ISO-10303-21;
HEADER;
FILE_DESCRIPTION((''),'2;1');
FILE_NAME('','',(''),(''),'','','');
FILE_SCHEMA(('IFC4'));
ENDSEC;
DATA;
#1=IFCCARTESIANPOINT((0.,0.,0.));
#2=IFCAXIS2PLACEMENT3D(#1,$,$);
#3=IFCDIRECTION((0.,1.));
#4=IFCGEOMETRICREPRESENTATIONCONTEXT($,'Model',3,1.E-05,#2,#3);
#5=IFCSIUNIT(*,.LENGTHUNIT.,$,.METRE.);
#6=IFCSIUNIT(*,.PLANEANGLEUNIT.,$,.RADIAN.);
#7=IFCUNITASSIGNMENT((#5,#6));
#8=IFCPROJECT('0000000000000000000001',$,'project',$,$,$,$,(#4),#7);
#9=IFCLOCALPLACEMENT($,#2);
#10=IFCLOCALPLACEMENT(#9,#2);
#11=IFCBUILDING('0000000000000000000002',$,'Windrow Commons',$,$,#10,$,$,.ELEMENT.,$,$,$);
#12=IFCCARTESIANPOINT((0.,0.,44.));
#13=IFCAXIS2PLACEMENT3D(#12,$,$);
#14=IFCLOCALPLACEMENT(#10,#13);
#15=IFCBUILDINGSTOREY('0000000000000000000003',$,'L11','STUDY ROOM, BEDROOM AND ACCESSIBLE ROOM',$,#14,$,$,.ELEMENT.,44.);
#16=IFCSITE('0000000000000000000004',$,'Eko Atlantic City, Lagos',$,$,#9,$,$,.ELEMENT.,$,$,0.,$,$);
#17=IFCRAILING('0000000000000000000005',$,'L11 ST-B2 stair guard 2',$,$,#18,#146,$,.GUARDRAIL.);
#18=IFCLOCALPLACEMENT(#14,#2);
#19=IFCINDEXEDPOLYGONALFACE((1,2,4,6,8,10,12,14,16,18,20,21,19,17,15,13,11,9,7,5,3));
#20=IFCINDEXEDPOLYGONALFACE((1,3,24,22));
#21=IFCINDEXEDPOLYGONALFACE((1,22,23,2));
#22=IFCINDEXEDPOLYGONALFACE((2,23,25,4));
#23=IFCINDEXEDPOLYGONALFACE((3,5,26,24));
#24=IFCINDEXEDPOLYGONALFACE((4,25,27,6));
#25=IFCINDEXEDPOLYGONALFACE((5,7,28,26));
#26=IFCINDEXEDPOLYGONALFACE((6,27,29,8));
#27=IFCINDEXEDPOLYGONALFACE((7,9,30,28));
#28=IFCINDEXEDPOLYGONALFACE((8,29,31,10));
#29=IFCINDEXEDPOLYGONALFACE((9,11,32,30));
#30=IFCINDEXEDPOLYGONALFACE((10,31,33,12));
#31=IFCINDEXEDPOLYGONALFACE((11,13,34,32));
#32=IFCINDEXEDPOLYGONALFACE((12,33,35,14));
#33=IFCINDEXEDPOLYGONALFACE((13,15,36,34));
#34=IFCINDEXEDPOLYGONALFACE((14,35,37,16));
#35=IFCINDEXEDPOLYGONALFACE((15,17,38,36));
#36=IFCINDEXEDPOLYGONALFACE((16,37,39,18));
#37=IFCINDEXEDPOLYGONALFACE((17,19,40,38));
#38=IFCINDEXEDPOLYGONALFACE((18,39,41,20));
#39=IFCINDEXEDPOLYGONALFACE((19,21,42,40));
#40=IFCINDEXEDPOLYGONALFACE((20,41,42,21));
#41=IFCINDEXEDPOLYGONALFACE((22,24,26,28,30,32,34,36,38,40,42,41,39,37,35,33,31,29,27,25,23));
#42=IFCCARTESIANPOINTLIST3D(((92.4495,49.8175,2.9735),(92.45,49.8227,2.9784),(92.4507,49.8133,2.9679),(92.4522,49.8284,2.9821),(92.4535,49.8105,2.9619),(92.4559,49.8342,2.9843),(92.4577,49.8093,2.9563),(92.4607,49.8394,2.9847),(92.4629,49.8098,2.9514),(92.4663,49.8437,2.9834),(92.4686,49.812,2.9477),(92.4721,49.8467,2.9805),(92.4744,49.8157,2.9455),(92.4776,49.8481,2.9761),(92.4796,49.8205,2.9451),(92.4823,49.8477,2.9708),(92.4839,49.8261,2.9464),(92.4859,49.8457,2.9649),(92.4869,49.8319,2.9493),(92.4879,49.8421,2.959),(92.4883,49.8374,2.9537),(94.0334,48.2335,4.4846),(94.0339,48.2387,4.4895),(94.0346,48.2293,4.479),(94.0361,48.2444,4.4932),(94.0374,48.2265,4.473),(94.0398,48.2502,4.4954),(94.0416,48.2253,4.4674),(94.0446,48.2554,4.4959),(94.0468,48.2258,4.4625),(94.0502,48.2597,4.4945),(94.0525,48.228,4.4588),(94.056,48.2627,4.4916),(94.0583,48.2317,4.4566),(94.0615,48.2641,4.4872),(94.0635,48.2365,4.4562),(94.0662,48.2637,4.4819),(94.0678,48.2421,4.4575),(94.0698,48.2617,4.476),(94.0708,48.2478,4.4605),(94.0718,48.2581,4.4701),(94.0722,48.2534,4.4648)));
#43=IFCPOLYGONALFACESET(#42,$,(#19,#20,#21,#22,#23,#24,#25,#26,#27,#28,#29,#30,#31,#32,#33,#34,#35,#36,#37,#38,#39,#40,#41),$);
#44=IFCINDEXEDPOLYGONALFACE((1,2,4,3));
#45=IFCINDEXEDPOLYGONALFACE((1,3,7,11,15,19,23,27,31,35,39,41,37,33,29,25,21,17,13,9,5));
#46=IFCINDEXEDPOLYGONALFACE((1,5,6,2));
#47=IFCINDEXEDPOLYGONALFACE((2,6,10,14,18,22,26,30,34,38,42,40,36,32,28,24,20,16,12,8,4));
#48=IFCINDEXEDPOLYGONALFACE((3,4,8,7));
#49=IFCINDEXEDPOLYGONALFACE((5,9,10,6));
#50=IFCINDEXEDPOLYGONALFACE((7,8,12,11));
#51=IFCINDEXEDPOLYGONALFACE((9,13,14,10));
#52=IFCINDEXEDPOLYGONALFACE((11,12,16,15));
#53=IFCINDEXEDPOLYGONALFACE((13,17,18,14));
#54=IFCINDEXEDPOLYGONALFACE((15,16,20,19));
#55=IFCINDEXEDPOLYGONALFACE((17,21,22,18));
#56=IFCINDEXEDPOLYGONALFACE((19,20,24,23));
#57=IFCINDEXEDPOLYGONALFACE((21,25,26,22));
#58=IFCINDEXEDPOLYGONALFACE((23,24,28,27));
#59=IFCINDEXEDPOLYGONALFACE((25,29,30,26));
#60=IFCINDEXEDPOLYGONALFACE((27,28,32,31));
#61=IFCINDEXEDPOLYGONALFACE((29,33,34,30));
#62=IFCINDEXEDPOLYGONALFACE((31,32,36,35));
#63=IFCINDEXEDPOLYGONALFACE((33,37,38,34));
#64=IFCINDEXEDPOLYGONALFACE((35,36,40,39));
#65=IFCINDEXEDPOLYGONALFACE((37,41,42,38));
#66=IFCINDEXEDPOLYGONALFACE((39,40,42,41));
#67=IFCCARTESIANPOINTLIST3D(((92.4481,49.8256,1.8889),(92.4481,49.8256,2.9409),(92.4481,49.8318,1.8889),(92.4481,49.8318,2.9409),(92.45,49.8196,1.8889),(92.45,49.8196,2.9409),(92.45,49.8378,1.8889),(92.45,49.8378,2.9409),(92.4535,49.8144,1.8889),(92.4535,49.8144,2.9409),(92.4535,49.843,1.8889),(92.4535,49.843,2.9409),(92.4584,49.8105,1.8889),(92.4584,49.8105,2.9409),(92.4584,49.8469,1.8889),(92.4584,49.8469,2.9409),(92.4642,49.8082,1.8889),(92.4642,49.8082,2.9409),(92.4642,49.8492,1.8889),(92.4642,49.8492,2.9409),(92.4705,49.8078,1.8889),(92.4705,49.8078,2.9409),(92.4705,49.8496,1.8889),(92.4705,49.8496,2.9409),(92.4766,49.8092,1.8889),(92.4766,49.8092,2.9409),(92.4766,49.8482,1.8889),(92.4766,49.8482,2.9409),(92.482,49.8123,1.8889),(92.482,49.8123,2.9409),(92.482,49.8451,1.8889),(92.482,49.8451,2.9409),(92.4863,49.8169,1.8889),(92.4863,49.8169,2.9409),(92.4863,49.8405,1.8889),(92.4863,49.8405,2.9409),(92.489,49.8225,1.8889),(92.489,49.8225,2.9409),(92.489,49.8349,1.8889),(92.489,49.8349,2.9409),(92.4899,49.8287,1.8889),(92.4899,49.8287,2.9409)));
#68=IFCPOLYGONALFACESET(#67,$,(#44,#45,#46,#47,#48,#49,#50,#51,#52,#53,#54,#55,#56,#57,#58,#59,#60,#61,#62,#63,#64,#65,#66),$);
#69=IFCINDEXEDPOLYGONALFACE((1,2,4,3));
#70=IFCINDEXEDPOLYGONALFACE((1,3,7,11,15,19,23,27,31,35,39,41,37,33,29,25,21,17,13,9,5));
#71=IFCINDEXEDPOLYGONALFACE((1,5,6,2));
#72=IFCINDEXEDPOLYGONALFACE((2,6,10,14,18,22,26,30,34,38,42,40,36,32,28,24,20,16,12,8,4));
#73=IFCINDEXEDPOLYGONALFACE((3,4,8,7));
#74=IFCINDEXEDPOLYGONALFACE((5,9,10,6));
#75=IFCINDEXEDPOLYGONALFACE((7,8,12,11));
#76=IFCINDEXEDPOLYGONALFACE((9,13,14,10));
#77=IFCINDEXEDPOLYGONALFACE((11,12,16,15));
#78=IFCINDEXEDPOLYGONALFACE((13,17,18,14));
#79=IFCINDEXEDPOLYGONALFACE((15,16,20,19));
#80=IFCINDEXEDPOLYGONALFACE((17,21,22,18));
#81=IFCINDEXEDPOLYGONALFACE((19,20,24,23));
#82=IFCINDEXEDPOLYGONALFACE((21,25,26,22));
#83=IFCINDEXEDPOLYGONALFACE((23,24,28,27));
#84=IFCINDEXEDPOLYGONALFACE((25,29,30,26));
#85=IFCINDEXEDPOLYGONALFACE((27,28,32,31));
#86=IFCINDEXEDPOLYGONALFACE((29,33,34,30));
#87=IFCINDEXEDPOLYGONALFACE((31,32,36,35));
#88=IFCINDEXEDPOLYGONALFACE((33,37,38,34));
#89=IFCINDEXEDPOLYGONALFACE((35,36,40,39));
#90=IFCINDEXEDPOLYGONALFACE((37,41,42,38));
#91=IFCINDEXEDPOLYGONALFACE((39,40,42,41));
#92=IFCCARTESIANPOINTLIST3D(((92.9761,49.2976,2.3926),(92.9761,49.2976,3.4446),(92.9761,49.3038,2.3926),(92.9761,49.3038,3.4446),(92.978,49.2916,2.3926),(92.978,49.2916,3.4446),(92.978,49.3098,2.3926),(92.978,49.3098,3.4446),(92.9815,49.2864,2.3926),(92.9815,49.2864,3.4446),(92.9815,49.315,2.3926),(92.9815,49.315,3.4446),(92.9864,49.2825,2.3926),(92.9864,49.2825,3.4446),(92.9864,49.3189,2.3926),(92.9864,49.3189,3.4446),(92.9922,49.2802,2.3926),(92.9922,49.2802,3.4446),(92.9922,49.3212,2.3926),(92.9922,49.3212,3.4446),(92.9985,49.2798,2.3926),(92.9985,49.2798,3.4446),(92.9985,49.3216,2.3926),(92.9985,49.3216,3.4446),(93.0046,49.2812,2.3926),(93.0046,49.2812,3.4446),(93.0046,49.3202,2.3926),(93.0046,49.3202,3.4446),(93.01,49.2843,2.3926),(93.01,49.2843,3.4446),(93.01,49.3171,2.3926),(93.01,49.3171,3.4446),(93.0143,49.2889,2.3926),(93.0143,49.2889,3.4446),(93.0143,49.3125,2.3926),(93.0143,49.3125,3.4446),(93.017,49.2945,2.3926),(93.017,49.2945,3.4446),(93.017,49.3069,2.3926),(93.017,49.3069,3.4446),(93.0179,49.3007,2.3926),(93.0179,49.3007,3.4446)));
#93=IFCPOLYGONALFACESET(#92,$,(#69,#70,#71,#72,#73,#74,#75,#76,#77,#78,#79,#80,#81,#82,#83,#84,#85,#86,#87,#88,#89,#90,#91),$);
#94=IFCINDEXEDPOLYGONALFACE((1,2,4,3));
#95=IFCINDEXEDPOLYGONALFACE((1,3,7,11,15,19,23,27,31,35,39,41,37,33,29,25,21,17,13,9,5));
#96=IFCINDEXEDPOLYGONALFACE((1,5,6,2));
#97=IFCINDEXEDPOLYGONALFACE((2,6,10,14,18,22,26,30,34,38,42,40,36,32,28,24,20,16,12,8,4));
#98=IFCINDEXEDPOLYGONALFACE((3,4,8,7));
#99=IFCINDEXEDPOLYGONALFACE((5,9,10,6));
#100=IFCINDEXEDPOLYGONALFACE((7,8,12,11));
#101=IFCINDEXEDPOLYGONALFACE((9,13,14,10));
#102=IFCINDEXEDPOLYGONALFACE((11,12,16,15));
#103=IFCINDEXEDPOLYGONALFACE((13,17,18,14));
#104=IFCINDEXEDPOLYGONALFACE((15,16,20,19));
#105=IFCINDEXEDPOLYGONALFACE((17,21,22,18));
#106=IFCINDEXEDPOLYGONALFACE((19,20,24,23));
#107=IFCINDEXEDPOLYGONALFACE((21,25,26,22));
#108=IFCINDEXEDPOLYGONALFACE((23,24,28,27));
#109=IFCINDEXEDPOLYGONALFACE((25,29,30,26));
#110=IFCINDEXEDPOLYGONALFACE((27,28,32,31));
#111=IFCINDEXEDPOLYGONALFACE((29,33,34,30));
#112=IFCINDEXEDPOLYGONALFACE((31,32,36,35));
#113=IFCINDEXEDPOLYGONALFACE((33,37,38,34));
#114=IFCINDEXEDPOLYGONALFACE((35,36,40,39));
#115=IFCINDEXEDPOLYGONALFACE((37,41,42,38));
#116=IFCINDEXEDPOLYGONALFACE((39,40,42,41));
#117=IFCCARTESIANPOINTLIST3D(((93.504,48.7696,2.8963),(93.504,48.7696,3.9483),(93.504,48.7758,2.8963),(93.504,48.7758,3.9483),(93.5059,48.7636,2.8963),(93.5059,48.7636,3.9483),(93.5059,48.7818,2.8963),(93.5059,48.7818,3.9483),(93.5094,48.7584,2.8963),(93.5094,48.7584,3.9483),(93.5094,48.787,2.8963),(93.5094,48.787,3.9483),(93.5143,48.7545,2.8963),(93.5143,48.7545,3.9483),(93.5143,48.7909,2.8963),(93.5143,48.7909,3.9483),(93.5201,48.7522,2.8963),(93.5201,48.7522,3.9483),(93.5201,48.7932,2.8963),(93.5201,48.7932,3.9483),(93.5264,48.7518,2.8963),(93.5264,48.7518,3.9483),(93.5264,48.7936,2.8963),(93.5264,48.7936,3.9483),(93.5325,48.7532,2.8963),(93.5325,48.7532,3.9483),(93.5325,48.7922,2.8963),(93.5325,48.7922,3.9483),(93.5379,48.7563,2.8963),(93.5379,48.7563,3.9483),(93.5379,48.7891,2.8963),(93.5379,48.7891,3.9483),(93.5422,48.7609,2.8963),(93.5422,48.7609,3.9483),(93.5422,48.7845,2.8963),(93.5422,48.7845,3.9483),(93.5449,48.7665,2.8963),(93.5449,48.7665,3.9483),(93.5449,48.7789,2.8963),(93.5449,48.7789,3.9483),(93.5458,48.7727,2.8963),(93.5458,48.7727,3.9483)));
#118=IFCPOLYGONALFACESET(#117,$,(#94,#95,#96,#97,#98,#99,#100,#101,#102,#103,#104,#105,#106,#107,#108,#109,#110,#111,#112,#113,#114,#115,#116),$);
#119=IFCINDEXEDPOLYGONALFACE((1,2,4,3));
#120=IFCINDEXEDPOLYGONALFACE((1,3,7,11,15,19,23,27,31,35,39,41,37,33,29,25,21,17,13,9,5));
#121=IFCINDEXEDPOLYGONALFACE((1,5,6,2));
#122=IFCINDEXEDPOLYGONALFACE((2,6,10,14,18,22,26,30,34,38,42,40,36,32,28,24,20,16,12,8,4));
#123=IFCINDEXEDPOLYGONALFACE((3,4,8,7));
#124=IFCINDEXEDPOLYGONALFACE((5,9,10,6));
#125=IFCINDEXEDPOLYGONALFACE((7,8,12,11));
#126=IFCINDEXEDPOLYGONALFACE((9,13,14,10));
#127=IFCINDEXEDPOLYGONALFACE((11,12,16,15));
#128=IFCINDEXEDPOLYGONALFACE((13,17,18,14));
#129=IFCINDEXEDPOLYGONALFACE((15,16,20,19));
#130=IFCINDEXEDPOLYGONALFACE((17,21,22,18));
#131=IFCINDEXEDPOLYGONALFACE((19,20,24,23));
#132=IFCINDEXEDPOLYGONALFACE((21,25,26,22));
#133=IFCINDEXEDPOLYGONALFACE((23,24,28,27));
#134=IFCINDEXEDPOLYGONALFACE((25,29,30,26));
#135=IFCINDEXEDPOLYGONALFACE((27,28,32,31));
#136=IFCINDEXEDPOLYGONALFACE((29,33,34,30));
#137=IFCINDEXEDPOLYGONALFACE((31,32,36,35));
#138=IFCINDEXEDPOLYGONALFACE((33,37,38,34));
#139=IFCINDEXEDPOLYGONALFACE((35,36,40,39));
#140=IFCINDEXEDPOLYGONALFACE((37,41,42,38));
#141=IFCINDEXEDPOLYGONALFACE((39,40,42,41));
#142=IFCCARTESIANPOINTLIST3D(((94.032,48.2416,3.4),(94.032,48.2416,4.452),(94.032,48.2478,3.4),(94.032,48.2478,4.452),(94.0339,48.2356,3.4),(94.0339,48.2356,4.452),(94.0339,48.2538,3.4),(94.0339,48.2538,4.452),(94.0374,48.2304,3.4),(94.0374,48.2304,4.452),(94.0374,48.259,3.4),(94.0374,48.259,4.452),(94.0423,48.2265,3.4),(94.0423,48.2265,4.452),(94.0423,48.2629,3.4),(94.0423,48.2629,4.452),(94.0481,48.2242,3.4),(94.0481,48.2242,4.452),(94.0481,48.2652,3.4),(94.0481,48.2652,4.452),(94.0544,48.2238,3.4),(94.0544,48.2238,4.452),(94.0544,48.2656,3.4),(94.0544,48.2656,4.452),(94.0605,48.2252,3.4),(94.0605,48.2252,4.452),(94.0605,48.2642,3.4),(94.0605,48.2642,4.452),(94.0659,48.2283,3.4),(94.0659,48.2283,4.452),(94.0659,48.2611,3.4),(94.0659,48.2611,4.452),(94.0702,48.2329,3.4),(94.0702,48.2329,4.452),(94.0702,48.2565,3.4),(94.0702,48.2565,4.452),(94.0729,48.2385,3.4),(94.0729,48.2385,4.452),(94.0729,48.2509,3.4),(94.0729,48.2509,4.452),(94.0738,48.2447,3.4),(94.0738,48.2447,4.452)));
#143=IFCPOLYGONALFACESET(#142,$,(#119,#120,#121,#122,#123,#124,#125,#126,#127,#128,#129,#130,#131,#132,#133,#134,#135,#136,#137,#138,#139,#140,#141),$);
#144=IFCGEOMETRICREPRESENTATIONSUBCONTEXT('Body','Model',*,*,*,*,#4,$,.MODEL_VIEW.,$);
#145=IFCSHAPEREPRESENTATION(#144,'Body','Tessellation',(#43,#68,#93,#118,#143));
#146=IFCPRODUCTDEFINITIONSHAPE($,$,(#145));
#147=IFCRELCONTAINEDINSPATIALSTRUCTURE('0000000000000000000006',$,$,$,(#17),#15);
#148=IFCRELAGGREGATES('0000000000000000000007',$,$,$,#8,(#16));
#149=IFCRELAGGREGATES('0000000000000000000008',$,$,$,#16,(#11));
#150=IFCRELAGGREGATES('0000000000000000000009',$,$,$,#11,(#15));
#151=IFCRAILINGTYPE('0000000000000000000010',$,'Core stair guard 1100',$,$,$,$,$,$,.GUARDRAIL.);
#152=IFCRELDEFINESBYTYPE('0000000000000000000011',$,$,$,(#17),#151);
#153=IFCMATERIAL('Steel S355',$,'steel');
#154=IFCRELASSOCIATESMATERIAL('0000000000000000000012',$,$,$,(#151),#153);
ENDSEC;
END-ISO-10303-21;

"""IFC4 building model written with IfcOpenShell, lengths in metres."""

from ifc_helpers import new_model, si_unit, direction, frame, origin, origin_2d, place, context, subcontext, project, spatial, circle, extrude, material, type_object, element, save


model = new_model("IFC4")

# Units and contexts
model_context = context("Model", 3, precision=1e-05, world=origin(), true_north=direction((0.0, 1.0)))
body_context = subcontext(model_context, "Body", "Model", "MODEL_VIEW")
ifc_project = project(units=[si_unit("LENGTHUNIT", "METRE"), si_unit("PLANEANGLEUNIT", "RADIAN")], contexts=[model_context])

# Site, building, storey
site_placement = place(None, origin())
site = spatial("IfcSite", under=ifc_project, at=site_placement, Name="Eko Atlantic City, Lagos", CompositionType="ELEMENT", RefElevation=0.0)
building_placement = place(site_placement, origin())
building = spatial("IfcBuilding", under=site, at=building_placement, Name="Windrow Commons", CompositionType="ELEMENT")
storey_placement = place(building_placement, frame((0.0, 0.0, 44.0)))
storey = spatial("IfcBuildingStorey", under=building, at=storey_placement, Name="L11", Description="STUDY ROOM, BEDROOM AND ACCESSIBLE ROOM", CompositionType="ELEMENT", Elevation=44.0)

# Railing
ifc_material_1 = material(Name="Steel S355", Category="steel")
railing_type_1 = type_object("IfcRailingType", Name="Core stair guard 1100", PredefinedType="GUARDRAIL", material=ifc_material_1)
railing_1_placement = place(storey_placement, frame((92.4689, 49.8287, 1.8889)))
element("IfcRailing", 1, at=railing_1_placement, inside=storey, type_object=railing_type_1, Name="L11 ST-B2 stair guard 2", PredefinedType="GUARDRAIL", context=body_context, shape_type="SweptSolid", body=[
    extrude(circle(Radius=0.024, at=origin_2d()), frame((0.0, 0.0, 1.076), z_axis=(0.586179, -0.586216, 0.559237), x_axis=(0.707129, 0.707084, 0.0)), (0.0, 0.0, 1.0), 2.7021),
    extrude(circle(Radius=0.021, at=origin_2d()), origin(), (0.0, 0.0, 1.0), 1.052),
    extrude(circle(Radius=0.021, at=origin_2d()), frame((0.528, -0.528, 0.5037)), (0.0, 0.0, 1.0), 1.052),
    extrude(circle(Radius=0.021, at=origin_2d()), frame((1.0559, -1.056, 1.0074)), (0.0, 0.0, 1.0), 1.052),
    extrude(circle(Radius=0.021, at=origin_2d()), frame((1.5839, -1.584, 1.5111)), (0.0, 0.0, 1.0), 1.052),
])

save(model, "model.ifc")
